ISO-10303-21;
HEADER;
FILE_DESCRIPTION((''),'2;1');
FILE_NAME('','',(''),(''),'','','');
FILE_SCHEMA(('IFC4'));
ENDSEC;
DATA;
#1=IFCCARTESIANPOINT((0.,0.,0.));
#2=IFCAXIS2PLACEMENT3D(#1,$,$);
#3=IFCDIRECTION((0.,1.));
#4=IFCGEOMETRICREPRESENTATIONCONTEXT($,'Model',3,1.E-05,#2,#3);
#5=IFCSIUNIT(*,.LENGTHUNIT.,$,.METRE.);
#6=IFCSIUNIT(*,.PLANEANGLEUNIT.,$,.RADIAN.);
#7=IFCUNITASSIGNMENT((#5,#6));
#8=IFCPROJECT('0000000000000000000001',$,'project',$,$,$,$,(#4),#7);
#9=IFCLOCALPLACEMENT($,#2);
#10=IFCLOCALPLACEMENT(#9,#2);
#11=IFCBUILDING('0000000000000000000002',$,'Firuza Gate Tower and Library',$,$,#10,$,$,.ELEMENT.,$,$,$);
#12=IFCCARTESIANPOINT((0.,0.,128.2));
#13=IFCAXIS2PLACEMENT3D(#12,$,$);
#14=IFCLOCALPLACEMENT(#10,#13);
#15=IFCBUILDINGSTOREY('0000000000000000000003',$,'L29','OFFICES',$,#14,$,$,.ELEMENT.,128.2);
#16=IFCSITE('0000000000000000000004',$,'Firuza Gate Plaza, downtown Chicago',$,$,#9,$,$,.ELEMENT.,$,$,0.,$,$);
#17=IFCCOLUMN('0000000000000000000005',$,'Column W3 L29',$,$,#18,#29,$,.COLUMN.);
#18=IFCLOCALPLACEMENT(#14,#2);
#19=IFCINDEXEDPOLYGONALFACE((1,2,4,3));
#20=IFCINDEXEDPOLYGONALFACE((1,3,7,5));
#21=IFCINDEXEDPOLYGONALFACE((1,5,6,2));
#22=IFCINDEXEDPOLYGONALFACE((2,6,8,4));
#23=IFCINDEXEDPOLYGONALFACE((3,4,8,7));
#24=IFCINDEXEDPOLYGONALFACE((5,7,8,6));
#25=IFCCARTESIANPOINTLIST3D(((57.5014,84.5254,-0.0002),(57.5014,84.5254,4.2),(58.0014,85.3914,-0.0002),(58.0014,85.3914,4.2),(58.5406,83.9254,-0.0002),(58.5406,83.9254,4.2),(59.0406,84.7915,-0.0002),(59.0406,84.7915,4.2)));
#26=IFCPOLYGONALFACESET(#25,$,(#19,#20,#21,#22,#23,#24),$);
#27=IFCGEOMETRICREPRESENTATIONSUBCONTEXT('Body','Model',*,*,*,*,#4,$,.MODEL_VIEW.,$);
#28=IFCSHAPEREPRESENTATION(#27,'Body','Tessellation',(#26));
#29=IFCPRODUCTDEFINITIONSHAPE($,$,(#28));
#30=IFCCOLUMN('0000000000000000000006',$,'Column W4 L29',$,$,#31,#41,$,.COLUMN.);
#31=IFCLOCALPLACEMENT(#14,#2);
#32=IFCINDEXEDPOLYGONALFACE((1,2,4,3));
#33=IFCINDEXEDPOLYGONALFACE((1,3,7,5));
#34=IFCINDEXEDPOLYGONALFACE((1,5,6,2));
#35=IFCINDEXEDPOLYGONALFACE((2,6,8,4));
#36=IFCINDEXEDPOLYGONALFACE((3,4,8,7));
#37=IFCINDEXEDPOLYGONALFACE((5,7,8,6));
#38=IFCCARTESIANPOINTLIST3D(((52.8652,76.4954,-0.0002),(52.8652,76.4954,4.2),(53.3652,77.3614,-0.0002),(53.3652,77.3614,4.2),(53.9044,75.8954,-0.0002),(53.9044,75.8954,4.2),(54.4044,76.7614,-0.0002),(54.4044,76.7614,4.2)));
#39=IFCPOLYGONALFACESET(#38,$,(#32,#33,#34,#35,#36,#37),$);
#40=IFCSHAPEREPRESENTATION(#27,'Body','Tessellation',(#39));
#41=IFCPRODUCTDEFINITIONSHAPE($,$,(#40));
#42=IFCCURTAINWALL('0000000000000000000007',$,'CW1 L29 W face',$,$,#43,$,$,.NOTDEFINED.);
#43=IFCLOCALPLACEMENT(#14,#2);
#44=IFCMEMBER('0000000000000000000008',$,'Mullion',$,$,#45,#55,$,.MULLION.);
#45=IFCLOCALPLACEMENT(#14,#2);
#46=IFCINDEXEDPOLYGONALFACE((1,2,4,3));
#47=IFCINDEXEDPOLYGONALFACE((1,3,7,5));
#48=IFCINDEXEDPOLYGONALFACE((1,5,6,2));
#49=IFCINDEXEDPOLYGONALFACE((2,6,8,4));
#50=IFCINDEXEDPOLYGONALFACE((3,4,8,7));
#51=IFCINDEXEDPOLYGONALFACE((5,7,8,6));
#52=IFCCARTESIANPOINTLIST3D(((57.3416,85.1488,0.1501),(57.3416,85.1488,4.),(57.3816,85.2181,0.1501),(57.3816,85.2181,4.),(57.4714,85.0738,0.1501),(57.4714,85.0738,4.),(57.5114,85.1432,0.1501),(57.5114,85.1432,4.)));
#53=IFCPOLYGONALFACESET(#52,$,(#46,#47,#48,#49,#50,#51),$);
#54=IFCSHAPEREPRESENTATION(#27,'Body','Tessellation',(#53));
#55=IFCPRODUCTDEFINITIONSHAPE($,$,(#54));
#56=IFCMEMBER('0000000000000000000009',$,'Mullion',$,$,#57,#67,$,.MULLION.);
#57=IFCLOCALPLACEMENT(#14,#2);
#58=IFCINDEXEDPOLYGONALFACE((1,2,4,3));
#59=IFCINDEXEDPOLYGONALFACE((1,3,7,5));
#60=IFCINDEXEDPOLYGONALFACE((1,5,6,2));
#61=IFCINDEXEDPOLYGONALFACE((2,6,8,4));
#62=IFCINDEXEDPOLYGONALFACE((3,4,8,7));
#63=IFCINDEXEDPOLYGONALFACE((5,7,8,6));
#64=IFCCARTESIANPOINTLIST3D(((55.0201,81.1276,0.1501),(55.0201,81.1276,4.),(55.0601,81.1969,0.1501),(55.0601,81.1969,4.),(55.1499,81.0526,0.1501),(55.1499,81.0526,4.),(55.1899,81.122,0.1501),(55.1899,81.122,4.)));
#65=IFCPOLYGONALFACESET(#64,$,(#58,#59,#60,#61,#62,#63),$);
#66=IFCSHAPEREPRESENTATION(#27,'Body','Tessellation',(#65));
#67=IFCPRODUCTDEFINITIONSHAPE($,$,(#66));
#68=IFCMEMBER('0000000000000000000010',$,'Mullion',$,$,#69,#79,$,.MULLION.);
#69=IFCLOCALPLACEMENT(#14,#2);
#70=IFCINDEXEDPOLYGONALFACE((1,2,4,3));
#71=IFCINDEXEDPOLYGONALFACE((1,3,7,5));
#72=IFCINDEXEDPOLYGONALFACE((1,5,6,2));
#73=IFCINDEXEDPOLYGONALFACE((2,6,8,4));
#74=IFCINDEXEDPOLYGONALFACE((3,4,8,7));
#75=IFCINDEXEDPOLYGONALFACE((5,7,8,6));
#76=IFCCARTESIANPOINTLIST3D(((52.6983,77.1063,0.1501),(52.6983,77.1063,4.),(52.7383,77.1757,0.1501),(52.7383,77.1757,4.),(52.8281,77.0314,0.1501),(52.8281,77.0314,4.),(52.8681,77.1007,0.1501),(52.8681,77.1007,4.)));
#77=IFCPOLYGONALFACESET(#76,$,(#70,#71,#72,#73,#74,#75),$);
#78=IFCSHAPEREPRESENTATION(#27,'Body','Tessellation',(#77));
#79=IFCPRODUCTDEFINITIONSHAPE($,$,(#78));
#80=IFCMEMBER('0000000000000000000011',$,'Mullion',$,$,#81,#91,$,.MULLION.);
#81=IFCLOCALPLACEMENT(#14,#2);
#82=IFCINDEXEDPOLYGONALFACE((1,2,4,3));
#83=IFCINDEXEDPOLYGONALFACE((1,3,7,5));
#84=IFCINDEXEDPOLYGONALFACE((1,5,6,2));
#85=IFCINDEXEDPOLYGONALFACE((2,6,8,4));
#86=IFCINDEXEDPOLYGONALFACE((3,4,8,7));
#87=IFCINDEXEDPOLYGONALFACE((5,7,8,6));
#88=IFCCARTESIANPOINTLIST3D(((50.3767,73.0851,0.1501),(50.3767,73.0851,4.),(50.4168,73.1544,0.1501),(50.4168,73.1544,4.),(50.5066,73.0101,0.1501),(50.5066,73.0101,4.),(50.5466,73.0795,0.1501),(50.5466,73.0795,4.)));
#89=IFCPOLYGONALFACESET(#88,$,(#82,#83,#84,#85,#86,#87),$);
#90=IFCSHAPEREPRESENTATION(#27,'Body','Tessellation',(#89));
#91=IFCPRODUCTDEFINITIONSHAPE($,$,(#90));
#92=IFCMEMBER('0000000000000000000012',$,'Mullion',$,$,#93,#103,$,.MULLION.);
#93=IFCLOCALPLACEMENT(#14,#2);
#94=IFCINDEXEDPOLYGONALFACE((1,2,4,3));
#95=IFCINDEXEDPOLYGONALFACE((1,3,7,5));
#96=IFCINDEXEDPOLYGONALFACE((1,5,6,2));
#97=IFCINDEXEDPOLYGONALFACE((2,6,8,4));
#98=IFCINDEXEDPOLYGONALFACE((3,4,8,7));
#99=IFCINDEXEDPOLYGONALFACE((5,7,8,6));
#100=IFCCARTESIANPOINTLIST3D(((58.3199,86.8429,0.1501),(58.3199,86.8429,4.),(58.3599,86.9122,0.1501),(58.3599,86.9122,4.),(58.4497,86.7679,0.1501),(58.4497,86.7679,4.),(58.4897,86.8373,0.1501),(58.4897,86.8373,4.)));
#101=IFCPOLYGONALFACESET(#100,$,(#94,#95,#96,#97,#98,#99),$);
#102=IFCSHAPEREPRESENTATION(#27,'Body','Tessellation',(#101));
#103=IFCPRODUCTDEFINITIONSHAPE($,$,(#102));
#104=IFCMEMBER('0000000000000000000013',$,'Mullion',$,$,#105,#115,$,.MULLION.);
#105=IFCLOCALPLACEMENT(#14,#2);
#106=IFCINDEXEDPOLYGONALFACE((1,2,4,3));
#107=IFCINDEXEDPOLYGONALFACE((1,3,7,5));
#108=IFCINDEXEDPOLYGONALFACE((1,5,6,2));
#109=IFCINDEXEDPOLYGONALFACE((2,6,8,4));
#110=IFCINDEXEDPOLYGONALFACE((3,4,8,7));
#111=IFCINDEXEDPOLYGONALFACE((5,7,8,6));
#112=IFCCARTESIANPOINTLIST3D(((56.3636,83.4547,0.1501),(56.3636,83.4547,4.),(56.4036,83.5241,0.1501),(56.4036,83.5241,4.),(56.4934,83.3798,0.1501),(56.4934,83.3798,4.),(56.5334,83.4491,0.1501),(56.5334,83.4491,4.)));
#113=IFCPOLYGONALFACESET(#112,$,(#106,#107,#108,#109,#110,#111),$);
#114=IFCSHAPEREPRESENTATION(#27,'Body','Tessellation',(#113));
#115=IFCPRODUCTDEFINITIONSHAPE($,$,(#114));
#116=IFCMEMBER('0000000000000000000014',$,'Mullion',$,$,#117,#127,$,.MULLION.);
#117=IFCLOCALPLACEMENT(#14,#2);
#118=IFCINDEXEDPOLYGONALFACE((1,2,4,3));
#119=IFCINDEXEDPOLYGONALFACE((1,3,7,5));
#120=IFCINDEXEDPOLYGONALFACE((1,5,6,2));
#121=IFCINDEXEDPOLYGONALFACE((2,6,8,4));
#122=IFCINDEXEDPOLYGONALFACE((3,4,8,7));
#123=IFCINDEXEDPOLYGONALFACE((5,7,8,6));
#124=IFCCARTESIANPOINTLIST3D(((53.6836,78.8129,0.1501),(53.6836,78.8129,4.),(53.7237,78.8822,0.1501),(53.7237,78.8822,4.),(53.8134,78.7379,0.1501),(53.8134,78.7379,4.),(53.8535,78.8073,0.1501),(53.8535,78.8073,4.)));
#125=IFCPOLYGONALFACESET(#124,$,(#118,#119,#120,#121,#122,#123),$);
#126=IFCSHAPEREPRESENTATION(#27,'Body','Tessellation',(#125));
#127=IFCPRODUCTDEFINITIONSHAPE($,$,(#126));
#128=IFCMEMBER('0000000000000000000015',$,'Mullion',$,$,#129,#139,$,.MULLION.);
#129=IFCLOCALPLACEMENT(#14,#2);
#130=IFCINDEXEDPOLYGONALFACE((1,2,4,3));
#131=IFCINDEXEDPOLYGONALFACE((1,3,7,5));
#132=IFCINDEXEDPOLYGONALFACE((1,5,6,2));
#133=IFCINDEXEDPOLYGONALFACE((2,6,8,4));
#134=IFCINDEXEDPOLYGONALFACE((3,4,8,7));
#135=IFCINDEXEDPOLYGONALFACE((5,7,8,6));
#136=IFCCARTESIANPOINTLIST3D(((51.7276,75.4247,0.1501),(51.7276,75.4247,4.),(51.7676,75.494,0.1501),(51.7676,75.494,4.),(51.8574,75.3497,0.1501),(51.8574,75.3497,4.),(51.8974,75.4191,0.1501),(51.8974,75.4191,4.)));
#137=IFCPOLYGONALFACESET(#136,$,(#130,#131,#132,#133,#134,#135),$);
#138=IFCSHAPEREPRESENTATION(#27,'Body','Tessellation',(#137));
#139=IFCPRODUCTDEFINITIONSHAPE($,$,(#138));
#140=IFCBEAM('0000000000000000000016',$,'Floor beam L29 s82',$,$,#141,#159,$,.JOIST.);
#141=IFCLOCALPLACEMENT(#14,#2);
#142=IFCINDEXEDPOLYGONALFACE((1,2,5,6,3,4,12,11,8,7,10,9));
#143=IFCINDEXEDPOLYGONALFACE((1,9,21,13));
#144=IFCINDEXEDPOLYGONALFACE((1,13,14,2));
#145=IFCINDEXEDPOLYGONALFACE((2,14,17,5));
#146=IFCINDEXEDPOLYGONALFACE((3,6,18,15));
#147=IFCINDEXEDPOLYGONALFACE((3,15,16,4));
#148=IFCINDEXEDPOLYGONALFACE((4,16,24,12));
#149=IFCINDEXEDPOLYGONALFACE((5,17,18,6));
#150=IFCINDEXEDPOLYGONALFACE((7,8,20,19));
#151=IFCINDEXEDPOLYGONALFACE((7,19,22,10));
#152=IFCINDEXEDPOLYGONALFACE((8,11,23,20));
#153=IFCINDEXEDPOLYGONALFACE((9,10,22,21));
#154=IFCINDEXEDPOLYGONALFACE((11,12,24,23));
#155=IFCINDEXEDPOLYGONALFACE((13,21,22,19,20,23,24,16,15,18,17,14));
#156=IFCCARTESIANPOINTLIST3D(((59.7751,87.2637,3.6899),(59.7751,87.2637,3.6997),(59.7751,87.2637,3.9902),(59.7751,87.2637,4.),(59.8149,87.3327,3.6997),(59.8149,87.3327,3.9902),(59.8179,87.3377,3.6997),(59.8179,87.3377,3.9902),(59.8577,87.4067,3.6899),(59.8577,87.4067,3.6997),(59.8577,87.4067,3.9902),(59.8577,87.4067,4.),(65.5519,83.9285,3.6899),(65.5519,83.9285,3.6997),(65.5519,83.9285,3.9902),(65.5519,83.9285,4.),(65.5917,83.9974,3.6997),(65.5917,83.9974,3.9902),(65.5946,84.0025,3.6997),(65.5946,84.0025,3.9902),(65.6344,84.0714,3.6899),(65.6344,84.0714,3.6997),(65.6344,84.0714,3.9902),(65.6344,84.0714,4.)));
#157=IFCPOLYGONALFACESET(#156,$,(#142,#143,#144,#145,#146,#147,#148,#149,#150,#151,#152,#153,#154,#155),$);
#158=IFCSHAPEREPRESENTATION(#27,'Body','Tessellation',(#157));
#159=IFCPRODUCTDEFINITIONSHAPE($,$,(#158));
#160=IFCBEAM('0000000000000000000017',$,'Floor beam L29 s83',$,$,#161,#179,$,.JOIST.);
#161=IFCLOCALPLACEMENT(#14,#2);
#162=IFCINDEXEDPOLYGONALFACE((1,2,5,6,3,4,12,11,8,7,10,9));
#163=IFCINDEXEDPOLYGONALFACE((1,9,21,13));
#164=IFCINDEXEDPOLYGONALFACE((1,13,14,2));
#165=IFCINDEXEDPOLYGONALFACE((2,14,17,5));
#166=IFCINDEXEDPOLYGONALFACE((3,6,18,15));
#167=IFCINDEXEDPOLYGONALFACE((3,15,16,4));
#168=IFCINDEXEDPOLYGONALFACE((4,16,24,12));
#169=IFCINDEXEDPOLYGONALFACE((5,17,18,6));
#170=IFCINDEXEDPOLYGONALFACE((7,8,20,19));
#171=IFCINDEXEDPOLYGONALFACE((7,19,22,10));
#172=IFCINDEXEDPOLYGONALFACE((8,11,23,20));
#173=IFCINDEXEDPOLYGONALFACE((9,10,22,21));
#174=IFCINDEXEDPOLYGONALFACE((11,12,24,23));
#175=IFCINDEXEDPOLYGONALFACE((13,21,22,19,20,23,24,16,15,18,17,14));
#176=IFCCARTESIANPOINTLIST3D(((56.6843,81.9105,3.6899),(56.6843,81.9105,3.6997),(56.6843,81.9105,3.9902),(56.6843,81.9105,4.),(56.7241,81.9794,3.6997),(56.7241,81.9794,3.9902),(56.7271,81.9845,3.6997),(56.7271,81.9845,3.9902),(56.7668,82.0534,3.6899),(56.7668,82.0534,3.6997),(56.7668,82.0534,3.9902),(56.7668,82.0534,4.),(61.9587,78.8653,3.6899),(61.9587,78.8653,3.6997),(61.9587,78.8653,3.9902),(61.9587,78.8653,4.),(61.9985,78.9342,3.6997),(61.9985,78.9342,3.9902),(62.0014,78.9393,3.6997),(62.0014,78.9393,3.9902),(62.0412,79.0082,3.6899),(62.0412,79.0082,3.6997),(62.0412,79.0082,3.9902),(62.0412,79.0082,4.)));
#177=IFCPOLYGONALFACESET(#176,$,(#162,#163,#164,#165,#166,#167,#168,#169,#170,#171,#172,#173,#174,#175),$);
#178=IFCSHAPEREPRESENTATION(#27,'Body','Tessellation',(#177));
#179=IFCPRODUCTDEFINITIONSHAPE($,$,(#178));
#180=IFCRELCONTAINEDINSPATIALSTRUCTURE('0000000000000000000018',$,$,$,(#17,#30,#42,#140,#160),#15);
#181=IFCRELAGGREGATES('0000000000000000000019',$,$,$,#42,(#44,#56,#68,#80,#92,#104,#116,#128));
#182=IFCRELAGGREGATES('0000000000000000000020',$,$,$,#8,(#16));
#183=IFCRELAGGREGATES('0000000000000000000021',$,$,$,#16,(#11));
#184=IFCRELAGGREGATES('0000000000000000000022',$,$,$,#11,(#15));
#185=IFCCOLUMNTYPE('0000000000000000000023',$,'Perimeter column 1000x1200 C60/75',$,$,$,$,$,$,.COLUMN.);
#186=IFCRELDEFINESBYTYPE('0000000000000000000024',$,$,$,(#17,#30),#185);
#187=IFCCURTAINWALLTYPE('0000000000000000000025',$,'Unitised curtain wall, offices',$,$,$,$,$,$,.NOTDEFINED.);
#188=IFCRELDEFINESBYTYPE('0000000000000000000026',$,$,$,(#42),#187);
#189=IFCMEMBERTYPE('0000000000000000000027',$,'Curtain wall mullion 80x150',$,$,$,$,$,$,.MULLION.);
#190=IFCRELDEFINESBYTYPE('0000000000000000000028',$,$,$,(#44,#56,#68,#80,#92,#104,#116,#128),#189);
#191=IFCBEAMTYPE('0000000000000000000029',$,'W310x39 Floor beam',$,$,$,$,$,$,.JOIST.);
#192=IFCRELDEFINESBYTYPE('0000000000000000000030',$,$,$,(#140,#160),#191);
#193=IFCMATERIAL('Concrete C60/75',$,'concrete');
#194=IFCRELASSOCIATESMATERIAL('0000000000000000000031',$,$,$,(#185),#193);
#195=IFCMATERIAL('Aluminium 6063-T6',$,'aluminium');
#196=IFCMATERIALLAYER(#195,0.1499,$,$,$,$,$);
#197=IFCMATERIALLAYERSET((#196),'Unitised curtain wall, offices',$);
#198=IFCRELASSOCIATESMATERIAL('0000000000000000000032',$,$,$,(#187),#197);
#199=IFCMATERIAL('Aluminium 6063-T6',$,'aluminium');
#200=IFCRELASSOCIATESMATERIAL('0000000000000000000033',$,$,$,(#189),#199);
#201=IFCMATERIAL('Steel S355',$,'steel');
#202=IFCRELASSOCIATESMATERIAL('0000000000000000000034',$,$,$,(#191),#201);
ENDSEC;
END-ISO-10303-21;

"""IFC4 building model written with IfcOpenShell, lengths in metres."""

from ifc_helpers import new_model, si_unit, direction, frame, origin, origin_2d, place, context, subcontext, project, spatial, rectangle, i_section, extrude, material, layer, layer_set, material_profile, profile_set, type_object, element, aggregate, save


model = new_model("IFC4")

# Units and contexts
model_context = context("Model", 3, precision=1e-05, world=origin(), true_north=direction((0.0, 1.0)))
body_context = subcontext(model_context, "Body", "Model", "MODEL_VIEW")
ifc_project = project(units=[si_unit("LENGTHUNIT", "METRE"), si_unit("PLANEANGLEUNIT", "RADIAN")], contexts=[model_context])

# Site, building, storey
site_placement = place(None, origin())
site = spatial("IfcSite", under=ifc_project, at=site_placement, Name="Firuza Gate Plaza, downtown Chicago", CompositionType="ELEMENT", RefElevation=0.0)
building_placement = place(site_placement, origin())
building = spatial("IfcBuilding", under=site, at=building_placement, Name="Firuza Gate Tower and Library", CompositionType="ELEMENT")
storey_placement = place(building_placement, frame((0.0, 0.0, 128.2)))
storey = spatial("IfcBuildingStorey", under=building, at=storey_placement, Name="L29", Description="OFFICES", CompositionType="ELEMENT", Elevation=128.2)

# Columns
ifc_material_1 = material(Name="Concrete C60/75", Category="concrete")
ifc_material_profile_1 = material_profile(ifc_material_1, rectangle(XDim=1.0, YDim=1.2, at=origin_2d()))
ifc_profile_set_1 = profile_set([ifc_material_profile_1], Name="Concrete C60/75")
column_type = type_object("IfcColumnType", Name="Perimeter column 1000x1200 C60/75", PredefinedType="COLUMN", material=ifc_profile_set_1)
for number, where, z_axis, x_axis, name in (
    (1, (58.271, 84.6584, -0.0002), (0.0, 0.0, 1.0), (-0.5, -0.866025, 0.0), "Column W3 L29"),
    (2, (53.6348, 76.6284, -0.0002), (0.0, 0.0, 1.0), (-0.5, -0.866025, 0.0), "Column W4 L29"),
):
    element("IfcColumn", number, at=place(storey_placement, frame(where, z_axis=z_axis, x_axis=x_axis)), inside=storey, type_object=column_type, Name=name, PredefinedType="COLUMN", context=body_context, shape_type="SweptSolid", body=[
        extrude(rectangle(XDim=1.0, YDim=1.2, at=origin_2d()), origin(), (0.0, 0.0, 1.0), 4.2002),
    ])

# Curtain wall, members
ifc_material_2 = material(Name="Aluminium 6063-T6", Category="aluminium")
ifc_layer_1 = layer(ifc_material_2, 0.1499)
ifc_layer_set_1 = layer_set([ifc_layer_1], Name="Unitised curtain wall, offices")
curtain_wall_type = type_object("IfcCurtainWallType", Name="Unitised curtain wall, offices", PredefinedType="NOTDEFINED", material=ifc_layer_set_1)
curtain_wall_placement = place(storey_placement, origin())
curtain_wall = element("IfcCurtainWall", 3, at=curtain_wall_placement, inside=storey, type_object=curtain_wall_type, Name="CW1 L29 W face", PredefinedType="NOTDEFINED")
ifc_material_3 = material(Name="Aluminium 6063-T6", Category="aluminium")
ifc_material_profile_2 = material_profile(ifc_material_3, rectangle(XDim=0.1499, YDim=0.0801, at=origin_2d()))
ifc_profile_set_2 = profile_set([ifc_material_profile_2], Name="Aluminium 6063-T6")
member_type = type_object("IfcMemberType", Name="Curtain wall mullion 80x150", PredefinedType="MULLION", material=ifc_profile_set_2)
member_1_placement = place(storey_placement, frame((57.4265, 85.146, 0.1501), z_axis=(0.0, 0.0, 1.0), x_axis=(0.866025, -0.5, 0.0)))
member_1 = element("IfcMember", 4, at=member_1_placement, type_object=member_type, Name="Mullion", PredefinedType="MULLION", context=body_context, shape_type="SweptSolid", body=[
    extrude(rectangle(XDim=0.1499, YDim=0.0801, at=origin_2d()), origin(), (0.0, 0.0, 1.0), 3.8499),
])
member_2_placement = place(storey_placement, frame((55.105, 81.1248, 0.1501), z_axis=(0.0, 0.0, 1.0), x_axis=(0.866025, -0.5, 0.0)))
member_2 = element("IfcMember", 5, at=member_2_placement, type_object=member_type, Name="Mullion", PredefinedType="MULLION", context=body_context, shape_type="SweptSolid", body=[
    extrude(rectangle(XDim=0.1499, YDim=0.0801, at=origin_2d()), origin(), (0.0, 0.0, 1.0), 3.8499),
])
member_3_placement = place(storey_placement, frame((52.7832, 77.1035, 0.1501), z_axis=(0.0, 0.0, 1.0), x_axis=(0.866025, -0.5, 0.0)))
member_3 = element("IfcMember", 6, at=member_3_placement, type_object=member_type, Name="Mullion", PredefinedType="MULLION", context=body_context, shape_type="SweptSolid", body=[
    extrude(rectangle(XDim=0.1499, YDim=0.0801, at=origin_2d()), origin(), (0.0, 0.0, 1.0), 3.8499),
])
member_4_placement = place(storey_placement, frame((50.4617, 73.0823, 0.1501), z_axis=(0.0, 0.0, 1.0), x_axis=(0.866025, -0.5, 0.0)))
member_4 = element("IfcMember", 7, at=member_4_placement, type_object=member_type, Name="Mullion", PredefinedType="MULLION", context=body_context, shape_type="SweptSolid", body=[
    extrude(rectangle(XDim=0.1499, YDim=0.0801, at=origin_2d()), origin(), (0.0, 0.0, 1.0), 3.8499),
])
member_5_placement = place(storey_placement, frame((58.4048, 86.8401, 0.1501), z_axis=(0.0, 0.0, 1.0), x_axis=(0.866025, -0.5, 0.0)))
member_5 = element("IfcMember", 8, at=member_5_placement, type_object=member_type, Name="Mullion", PredefinedType="MULLION", context=body_context, shape_type="SweptSolid", body=[
    extrude(rectangle(XDim=0.1499, YDim=0.0801, at=origin_2d()), origin(), (0.0, 0.0, 1.0), 3.8499),
])
member_6_placement = place(storey_placement, frame((56.4485, 83.4519, 0.1501), z_axis=(0.0, 0.0, 1.0), x_axis=(0.866025, -0.5, 0.0)))
member_6 = element("IfcMember", 9, at=member_6_placement, type_object=member_type, Name="Mullion", PredefinedType="MULLION", context=body_context, shape_type="SweptSolid", body=[
    extrude(rectangle(XDim=0.1499, YDim=0.0801, at=origin_2d()), origin(), (0.0, 0.0, 1.0), 3.8499),
])
member_7_placement = place(storey_placement, frame((53.7686, 78.8101, 0.1501), z_axis=(0.0, 0.0, 1.0), x_axis=(0.866025, -0.5, 0.0)))
member_7 = element("IfcMember", 10, at=member_7_placement, type_object=member_type, Name="Mullion", PredefinedType="MULLION", context=body_context, shape_type="SweptSolid", body=[
    extrude(rectangle(XDim=0.1499, YDim=0.0801, at=origin_2d()), origin(), (0.0, 0.0, 1.0), 3.8499),
])
member_8_placement = place(storey_placement, frame((51.8125, 75.4219, 0.1501), z_axis=(0.0, 0.0, 1.0), x_axis=(0.866025, -0.5, 0.0)))
member_8 = element("IfcMember", 11, at=member_8_placement, type_object=member_type, Name="Mullion", PredefinedType="MULLION", context=body_context, shape_type="SweptSolid", body=[
    extrude(rectangle(XDim=0.1499, YDim=0.0801, at=origin_2d()), origin(), (0.0, 0.0, 1.0), 3.8499),
])

# Beams
ifc_material_4 = material(Name="Steel S355", Category="steel")
ifc_material_profile_3 = material_profile(ifc_material_4, i_section(OverallWidth=0.165, OverallDepth=0.3101, WebThickness=0.0059, FlangeThickness=0.0098, at=origin_2d()))
ifc_profile_set_3 = profile_set([ifc_material_profile_3], Name="Steel S355")
beam_type_1 = type_object("IfcBeamType", Name="W310x39 Floor beam", PredefinedType="JOIST", material=ifc_profile_set_3)
beam_1_placement = place(storey_placement, frame((59.8164, 87.3352, 3.845), z_axis=(0.86602, -0.500009, 0.0), x_axis=(0.500009, 0.86602, 0.0)))
element("IfcBeam", 12, at=beam_1_placement, inside=storey, type_object=beam_type_1, Name="Floor beam L29 s82", PredefinedType="JOIST", context=body_context, shape_type="SweptSolid", body=[
    extrude(i_section(OverallWidth=0.165, OverallDepth=0.3101, WebThickness=0.0059, FlangeThickness=0.0098, at=origin_2d()), origin(), (0.0, 0.0, 1.0), 6.6704),
])
beam_2_placement = place(storey_placement, frame((56.7256, 81.9819, 3.845), z_axis=(0.866027, -0.499998, 0.0), x_axis=(0.499998, 0.866027, 0.0)))
element("IfcBeam", 13, at=beam_2_placement, inside=storey, type_object=beam_type_1, Name="Floor beam L29 s83", PredefinedType="JOIST", context=body_context, shape_type="SweptSolid", body=[
    extrude(i_section(OverallWidth=0.165, OverallDepth=0.3101, WebThickness=0.0059, FlangeThickness=0.0098, at=origin_2d()), origin(), (0.0, 0.0, 1.0), 6.0903),
])

aggregate(curtain_wall, [member_1, member_2, member_3, member_4, member_5, member_6, member_7, member_8])

save(model, "model.ifc")
